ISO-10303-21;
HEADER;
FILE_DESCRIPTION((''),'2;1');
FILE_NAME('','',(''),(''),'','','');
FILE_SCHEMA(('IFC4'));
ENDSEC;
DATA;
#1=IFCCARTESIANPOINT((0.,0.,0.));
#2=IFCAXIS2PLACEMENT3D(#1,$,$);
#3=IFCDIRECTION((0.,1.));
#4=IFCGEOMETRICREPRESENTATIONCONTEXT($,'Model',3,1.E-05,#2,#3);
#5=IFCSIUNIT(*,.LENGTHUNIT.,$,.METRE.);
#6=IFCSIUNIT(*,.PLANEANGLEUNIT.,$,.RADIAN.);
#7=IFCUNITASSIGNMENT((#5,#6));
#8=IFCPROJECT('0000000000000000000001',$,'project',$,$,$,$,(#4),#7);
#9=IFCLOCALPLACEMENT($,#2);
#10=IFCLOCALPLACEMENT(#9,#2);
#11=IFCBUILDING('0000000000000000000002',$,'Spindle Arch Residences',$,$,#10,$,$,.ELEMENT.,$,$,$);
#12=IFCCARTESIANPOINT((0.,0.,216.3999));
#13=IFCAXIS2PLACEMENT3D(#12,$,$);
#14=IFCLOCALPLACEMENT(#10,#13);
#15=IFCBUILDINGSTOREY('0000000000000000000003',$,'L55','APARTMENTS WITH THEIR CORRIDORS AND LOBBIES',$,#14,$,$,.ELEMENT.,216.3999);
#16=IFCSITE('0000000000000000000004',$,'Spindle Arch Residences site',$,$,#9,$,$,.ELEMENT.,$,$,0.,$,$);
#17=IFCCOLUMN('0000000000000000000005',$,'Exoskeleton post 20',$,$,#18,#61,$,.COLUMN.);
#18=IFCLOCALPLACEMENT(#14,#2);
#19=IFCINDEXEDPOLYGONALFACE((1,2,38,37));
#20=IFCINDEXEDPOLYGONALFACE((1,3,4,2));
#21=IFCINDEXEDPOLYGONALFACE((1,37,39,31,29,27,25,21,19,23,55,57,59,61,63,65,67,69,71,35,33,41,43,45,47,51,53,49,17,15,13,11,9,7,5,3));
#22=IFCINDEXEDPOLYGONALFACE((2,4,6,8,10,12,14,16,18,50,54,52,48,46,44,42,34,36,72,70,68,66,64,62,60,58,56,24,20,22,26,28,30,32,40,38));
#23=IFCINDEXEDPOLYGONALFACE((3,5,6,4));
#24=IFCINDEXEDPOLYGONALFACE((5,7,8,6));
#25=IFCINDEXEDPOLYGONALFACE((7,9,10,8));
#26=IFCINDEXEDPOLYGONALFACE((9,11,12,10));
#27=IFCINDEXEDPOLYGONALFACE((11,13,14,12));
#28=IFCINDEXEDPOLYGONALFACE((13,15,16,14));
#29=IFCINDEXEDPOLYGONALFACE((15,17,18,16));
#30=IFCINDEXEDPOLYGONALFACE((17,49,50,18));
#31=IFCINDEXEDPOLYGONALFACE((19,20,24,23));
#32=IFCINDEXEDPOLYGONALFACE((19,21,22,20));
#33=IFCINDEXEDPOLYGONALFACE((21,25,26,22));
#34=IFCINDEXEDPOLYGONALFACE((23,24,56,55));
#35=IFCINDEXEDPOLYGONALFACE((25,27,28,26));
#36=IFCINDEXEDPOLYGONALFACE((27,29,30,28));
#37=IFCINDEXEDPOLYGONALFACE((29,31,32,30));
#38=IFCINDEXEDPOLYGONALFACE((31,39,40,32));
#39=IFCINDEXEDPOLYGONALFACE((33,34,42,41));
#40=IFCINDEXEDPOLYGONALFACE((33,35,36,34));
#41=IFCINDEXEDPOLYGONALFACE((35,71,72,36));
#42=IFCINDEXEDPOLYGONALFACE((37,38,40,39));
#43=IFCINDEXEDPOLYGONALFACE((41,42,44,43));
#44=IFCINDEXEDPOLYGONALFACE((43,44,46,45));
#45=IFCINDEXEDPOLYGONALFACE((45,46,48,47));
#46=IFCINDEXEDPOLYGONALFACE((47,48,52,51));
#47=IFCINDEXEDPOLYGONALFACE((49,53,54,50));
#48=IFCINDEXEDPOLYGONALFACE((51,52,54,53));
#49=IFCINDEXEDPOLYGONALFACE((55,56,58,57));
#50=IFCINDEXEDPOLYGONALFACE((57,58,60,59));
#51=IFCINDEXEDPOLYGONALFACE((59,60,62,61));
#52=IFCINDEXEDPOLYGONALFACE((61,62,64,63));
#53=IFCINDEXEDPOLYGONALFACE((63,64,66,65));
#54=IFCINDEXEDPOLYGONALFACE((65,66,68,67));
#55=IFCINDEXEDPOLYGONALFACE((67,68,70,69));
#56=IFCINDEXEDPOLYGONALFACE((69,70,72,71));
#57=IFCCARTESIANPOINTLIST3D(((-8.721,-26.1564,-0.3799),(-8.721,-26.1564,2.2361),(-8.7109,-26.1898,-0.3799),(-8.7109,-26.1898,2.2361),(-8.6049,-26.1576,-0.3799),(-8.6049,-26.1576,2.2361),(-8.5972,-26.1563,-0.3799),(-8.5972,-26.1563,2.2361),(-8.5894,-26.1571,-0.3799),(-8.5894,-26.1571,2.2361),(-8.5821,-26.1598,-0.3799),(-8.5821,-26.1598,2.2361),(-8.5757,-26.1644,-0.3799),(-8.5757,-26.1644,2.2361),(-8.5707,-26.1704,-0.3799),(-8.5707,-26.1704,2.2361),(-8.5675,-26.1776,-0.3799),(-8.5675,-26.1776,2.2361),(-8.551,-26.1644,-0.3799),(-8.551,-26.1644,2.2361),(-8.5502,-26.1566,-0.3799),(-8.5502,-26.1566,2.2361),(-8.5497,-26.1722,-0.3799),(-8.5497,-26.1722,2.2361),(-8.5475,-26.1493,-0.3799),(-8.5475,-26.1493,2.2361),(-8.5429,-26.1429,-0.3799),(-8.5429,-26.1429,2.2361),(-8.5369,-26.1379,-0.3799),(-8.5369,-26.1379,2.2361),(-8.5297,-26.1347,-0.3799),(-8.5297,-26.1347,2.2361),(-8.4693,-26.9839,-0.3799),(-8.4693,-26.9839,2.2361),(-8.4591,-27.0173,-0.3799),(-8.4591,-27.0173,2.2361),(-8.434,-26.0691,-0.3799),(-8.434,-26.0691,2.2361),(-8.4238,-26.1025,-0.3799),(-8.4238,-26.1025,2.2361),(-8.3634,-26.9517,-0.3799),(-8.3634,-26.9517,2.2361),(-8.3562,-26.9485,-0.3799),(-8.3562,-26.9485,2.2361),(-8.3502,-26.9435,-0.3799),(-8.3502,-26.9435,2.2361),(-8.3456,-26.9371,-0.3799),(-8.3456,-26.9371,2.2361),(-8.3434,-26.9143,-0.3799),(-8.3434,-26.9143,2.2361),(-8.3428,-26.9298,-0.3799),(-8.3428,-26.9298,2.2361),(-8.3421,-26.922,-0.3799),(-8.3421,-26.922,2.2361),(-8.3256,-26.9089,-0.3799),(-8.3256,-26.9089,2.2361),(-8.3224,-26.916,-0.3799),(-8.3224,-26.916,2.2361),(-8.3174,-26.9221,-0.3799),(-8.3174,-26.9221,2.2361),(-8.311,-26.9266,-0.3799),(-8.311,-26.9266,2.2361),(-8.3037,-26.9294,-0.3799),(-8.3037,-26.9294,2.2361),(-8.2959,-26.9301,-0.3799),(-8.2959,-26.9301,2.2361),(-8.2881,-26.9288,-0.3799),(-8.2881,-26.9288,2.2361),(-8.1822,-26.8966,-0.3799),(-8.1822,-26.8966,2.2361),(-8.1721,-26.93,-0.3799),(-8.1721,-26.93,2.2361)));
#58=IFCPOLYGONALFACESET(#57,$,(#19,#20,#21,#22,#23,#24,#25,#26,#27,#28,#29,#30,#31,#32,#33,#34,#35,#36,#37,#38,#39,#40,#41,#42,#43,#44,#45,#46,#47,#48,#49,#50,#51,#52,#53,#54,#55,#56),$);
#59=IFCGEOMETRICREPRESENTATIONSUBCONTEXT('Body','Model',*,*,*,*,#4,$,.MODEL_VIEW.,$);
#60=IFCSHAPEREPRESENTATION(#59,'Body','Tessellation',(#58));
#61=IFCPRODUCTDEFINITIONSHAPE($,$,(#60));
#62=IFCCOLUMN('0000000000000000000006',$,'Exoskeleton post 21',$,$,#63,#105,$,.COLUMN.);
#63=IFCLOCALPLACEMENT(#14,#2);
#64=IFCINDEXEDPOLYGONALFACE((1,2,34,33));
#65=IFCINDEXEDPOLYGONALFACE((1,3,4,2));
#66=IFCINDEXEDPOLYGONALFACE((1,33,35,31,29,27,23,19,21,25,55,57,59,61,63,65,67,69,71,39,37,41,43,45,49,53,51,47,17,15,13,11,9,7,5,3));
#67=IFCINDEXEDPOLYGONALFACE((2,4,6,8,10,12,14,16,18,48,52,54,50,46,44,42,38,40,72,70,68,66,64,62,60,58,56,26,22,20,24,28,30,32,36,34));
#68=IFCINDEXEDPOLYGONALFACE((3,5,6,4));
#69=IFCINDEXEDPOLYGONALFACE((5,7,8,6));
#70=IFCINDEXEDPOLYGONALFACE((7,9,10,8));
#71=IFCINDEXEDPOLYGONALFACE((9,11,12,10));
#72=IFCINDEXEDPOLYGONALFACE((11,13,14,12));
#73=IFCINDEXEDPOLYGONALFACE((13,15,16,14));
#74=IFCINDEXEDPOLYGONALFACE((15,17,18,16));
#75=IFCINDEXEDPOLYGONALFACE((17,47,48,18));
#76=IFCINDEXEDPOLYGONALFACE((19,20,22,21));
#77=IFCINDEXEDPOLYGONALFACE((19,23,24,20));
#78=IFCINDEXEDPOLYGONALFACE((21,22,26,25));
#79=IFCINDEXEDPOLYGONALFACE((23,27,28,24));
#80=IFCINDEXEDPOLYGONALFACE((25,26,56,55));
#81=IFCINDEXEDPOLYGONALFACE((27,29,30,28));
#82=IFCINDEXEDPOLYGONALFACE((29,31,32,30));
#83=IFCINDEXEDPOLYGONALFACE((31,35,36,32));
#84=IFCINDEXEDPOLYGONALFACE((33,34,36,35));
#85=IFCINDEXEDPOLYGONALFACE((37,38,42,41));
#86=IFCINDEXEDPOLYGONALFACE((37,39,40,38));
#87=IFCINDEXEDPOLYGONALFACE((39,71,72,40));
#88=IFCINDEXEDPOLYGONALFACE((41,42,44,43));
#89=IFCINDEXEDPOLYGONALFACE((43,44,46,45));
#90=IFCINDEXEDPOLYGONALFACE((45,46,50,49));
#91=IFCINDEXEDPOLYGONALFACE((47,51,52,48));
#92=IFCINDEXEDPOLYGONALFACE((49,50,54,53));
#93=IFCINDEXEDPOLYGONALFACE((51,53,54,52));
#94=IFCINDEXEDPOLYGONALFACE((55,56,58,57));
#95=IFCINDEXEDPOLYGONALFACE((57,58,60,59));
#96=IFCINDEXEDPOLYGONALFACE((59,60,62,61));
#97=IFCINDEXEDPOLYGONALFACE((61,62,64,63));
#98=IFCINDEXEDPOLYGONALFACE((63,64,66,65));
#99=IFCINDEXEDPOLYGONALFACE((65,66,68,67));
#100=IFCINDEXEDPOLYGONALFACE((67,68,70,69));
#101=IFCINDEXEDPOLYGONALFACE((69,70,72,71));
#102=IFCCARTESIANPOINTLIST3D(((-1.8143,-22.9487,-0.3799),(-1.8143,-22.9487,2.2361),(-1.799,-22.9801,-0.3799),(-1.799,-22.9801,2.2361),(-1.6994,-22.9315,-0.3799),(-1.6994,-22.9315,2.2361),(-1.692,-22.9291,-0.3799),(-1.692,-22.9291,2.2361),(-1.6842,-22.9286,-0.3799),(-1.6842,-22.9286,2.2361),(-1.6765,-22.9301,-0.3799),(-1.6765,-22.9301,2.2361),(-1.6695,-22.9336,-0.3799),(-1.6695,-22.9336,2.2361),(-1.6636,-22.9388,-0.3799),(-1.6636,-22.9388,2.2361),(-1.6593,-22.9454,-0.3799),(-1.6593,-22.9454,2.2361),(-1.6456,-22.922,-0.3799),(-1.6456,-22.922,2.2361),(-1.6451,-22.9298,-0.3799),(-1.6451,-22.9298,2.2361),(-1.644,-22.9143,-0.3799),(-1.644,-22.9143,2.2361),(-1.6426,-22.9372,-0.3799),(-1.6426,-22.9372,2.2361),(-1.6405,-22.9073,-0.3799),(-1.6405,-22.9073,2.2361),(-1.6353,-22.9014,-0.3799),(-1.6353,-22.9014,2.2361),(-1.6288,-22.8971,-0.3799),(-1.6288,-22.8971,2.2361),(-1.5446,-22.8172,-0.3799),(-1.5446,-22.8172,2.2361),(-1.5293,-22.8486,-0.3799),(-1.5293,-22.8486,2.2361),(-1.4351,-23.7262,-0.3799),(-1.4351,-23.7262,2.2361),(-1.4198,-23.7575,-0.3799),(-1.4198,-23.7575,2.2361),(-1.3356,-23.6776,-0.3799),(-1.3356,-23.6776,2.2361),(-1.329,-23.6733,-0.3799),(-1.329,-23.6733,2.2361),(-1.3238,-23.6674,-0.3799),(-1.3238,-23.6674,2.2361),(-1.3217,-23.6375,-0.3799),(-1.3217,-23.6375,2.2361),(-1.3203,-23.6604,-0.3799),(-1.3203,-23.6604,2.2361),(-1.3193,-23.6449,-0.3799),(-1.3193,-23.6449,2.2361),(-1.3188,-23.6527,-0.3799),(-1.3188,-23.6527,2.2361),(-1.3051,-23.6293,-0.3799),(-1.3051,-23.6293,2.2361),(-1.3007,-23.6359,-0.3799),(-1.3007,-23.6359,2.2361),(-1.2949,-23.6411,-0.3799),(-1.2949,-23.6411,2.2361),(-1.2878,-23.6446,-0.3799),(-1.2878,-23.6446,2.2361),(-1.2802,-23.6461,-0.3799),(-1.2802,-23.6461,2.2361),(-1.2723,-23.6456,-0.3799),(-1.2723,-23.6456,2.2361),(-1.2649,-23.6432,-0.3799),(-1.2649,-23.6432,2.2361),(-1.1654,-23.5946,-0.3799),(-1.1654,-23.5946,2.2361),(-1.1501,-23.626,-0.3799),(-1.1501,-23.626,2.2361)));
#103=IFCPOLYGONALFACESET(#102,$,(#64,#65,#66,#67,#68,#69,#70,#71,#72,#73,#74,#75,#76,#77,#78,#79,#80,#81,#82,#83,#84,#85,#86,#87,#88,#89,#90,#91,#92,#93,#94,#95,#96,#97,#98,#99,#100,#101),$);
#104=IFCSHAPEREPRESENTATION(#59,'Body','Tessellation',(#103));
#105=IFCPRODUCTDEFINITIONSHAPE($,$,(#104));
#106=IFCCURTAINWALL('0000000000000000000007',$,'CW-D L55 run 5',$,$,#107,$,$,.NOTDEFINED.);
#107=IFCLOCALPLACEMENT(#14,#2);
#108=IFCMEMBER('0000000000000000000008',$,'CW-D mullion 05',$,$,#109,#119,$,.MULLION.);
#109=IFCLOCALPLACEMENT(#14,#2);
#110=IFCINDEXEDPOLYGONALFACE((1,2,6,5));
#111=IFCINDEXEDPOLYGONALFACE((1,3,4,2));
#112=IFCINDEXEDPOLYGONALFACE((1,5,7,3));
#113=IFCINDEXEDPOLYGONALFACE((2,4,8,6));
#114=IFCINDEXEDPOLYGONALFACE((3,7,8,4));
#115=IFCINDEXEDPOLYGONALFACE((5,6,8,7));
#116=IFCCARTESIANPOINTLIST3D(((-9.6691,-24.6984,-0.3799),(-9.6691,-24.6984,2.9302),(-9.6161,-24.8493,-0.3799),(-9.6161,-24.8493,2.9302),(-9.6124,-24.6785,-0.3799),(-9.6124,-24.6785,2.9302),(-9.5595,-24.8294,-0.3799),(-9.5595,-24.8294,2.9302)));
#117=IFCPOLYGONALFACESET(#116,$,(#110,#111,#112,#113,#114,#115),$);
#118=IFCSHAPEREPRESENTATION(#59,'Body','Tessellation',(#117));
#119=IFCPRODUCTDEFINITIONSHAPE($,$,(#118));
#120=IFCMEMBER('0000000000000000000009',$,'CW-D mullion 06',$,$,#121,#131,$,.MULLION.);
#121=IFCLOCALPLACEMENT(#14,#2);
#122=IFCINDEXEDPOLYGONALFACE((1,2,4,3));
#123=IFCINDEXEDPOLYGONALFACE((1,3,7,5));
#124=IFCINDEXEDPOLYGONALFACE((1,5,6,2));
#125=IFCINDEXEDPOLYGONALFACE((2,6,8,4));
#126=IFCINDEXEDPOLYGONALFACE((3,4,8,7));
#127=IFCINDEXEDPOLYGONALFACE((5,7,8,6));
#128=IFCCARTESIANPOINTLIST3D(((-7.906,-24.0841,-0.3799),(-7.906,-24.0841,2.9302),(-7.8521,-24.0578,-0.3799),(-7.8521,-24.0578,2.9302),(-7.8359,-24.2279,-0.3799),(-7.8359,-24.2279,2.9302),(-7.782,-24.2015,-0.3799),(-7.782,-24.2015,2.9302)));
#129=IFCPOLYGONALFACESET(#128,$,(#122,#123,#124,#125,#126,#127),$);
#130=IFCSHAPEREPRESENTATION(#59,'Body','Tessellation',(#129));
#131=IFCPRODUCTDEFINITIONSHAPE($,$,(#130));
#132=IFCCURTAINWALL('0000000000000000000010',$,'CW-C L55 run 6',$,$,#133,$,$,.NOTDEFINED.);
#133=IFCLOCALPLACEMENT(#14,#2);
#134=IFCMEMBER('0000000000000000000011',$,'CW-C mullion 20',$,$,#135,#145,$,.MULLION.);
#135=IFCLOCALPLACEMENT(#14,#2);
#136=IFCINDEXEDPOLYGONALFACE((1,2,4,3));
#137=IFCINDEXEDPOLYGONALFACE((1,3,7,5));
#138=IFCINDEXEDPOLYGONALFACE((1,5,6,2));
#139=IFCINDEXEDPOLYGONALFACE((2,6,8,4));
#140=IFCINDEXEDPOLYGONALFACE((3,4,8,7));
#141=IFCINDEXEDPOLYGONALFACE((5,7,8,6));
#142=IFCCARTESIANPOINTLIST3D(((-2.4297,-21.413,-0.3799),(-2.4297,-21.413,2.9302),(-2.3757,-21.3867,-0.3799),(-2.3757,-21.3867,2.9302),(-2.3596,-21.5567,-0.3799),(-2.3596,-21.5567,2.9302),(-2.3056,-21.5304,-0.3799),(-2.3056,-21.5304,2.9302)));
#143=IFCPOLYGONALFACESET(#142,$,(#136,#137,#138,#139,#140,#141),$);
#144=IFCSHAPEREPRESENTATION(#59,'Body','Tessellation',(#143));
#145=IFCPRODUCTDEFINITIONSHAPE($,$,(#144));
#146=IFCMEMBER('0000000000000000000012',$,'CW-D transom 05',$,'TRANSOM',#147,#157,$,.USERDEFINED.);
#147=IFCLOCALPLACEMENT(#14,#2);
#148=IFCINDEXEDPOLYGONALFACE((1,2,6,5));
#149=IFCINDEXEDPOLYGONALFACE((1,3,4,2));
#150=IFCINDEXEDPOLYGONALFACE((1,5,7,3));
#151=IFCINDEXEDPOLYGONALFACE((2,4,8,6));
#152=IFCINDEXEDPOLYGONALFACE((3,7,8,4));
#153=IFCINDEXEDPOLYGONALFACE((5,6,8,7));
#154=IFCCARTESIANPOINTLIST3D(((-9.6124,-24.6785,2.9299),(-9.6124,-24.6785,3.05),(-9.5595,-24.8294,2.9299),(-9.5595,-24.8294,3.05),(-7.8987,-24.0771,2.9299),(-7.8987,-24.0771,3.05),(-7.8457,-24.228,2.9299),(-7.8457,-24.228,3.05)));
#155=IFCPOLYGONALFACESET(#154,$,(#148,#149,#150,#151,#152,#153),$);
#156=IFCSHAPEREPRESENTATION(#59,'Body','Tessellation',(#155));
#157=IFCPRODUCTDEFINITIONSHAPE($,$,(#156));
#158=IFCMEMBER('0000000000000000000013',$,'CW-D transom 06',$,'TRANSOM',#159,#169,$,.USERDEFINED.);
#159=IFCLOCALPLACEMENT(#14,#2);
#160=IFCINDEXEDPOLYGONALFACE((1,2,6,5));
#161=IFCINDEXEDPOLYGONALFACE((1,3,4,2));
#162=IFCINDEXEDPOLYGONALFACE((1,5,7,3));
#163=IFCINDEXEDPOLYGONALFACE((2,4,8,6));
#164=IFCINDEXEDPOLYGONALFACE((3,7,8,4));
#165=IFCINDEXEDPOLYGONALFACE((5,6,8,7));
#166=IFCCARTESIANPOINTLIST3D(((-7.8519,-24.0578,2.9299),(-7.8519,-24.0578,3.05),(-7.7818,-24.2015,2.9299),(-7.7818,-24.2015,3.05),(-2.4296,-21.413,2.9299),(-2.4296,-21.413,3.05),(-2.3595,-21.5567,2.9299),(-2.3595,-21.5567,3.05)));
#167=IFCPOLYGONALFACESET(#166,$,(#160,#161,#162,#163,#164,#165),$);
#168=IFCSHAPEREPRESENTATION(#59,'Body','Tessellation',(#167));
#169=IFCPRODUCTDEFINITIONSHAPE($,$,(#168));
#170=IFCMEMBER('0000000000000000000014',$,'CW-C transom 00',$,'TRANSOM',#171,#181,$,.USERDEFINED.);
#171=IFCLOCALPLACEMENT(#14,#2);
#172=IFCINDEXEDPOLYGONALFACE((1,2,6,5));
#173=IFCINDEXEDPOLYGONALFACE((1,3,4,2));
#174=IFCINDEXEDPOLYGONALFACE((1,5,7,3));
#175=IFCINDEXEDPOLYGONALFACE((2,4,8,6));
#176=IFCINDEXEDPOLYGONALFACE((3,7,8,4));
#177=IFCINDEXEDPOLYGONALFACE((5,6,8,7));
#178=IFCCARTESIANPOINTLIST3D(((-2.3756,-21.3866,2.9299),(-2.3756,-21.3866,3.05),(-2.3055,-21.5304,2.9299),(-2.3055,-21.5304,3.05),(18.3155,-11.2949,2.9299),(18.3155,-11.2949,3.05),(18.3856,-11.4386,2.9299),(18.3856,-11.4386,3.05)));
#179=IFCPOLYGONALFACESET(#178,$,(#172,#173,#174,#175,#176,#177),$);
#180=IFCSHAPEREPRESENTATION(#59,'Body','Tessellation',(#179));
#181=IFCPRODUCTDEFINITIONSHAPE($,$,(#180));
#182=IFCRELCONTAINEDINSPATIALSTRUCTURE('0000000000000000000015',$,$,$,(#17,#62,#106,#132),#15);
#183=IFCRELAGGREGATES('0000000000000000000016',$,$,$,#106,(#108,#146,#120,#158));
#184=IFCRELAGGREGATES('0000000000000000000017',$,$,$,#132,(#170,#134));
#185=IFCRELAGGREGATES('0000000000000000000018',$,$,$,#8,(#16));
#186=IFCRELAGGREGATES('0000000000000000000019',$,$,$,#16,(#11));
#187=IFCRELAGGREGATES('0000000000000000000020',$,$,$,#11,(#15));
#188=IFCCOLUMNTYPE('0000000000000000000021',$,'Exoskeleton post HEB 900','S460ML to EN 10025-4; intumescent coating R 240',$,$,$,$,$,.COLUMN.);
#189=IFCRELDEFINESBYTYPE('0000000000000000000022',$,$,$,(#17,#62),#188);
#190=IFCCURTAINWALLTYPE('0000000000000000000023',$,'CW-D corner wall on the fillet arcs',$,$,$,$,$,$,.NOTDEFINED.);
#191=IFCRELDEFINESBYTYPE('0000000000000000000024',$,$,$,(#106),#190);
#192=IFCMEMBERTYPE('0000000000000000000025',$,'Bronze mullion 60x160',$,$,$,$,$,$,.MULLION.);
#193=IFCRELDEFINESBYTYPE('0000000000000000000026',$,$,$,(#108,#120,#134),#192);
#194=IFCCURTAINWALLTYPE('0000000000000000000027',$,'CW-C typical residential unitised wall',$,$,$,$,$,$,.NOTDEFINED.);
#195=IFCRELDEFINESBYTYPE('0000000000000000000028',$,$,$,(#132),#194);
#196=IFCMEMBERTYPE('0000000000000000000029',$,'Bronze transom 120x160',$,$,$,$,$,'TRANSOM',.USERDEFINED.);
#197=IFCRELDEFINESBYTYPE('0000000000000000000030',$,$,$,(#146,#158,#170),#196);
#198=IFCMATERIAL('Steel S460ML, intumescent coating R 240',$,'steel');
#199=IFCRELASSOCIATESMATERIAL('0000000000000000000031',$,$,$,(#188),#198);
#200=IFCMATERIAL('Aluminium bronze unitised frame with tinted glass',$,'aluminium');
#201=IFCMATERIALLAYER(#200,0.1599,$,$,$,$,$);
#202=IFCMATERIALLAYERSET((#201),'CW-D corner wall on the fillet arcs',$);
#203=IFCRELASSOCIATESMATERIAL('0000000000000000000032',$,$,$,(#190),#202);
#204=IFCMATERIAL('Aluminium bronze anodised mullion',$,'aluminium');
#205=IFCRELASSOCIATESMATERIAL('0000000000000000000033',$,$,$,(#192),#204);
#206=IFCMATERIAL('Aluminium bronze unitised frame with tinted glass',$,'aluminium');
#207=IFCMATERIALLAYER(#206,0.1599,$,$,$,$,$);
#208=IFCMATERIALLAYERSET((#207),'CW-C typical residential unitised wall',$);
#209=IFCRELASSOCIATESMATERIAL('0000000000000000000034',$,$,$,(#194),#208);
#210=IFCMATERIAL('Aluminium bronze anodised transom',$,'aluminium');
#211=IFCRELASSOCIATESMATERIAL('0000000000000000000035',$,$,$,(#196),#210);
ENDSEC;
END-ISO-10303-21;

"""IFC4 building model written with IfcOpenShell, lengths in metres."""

from ifc_helpers import new_model, si_unit, direction, frame, origin, origin_2d, place, context, subcontext, project, spatial, rectangle, i_section, extrude, material, layer, layer_set, material_profile, profile_set, type_object, element, aggregate, save


model = new_model("IFC4")

# Units and contexts
model_context = context("Model", 3, precision=1e-05, world=origin(), true_north=direction((0.0, 1.0)))
body_context = subcontext(model_context, "Body", "Model", "MODEL_VIEW")
ifc_project = project(units=[si_unit("LENGTHUNIT", "METRE"), si_unit("PLANEANGLEUNIT", "RADIAN")], contexts=[model_context])

# Site, building, storey
site_placement = place(None, origin())
site = spatial("IfcSite", under=ifc_project, at=site_placement, Name="Spindle Arch Residences site", CompositionType="ELEMENT", RefElevation=0.0)
building_placement = place(site_placement, origin())
building = spatial("IfcBuilding", under=site, at=building_placement, Name="Spindle Arch Residences", CompositionType="ELEMENT")
storey_placement = place(building_placement, frame((0.0, 0.0, 216.3999)))
storey = spatial("IfcBuildingStorey", under=building, at=storey_placement, Name="L55", Description="APARTMENTS WITH THEIR CORRIDORS AND LOBBIES", CompositionType="ELEMENT", Elevation=216.3999)

# Columns
ifc_material_1 = material(Name="Steel S460ML, intumescent coating R 240", Category="steel")
ifc_material_profile_1 = material_profile(ifc_material_1, i_section(OverallWidth=0.3, OverallDepth=0.8999, WebThickness=0.0186, FlangeThickness=0.0349, FilletRadius=0.03, at=origin_2d()), Name="HEB 900")
ifc_profile_set_1 = profile_set([ifc_material_profile_1], Name="Steel S460ML, intumescent coating R 240")
column_type = type_object("IfcColumnType", Name="Exoskeleton post HEB 900", Description="S460ML to EN 10025-4; intumescent coating R 240", PredefinedType="COLUMN", material=ifc_profile_set_1)
for number, where, z_axis, x_axis, name in (
    (1, (-8.4465, -26.5432, -0.3799), (0.0, 0.0, 1.0), (-0.956715, -0.291028, 0.0), "Exoskeleton post 20"),
    (2, (-1.4822, -23.2874, -0.3799), (0.0, 0.0, 1.0), (-0.898794, -0.438371, 0.0), "Exoskeleton post 21"),
):
    element("IfcColumn", number, at=place(storey_placement, frame(where, z_axis=z_axis, x_axis=x_axis)), inside=storey, type_object=column_type, Name=name, PredefinedType="COLUMN", context=body_context, shape_type="SweptSolid", body=[
        extrude(i_section(OverallWidth=0.3, OverallDepth=0.8999, WebThickness=0.0186, FlangeThickness=0.0349, FilletRadius=0.03, at=origin_2d()), origin(), (0.0, 0.0, 1.0), 2.616),
    ])

# Curtain wall, members
ifc_material_2 = material(Name="Aluminium bronze unitised frame with tinted glass", Category="aluminium")
ifc_layer_1 = layer(ifc_material_2, 0.1599)
ifc_layer_set_1 = layer_set([ifc_layer_1], Name="CW-D corner wall on the fillet arcs")
curtain_wall_type_1 = type_object("IfcCurtainWallType", Name="CW-D corner wall on the fillet arcs", PredefinedType="NOTDEFINED", material=ifc_layer_set_1)
curtain_wall_1_placement = place(storey_placement, origin())
curtain_wall_1 = element("IfcCurtainWall", 3, at=curtain_wall_1_placement, inside=storey, type_object=curtain_wall_type_1, Name="CW-D L55 run 5", PredefinedType="NOTDEFINED")
ifc_material_3 = material(Name="Aluminium bronze anodised mullion", Category="aluminium")
ifc_material_profile_2 = material_profile(ifc_material_3, rectangle(XDim=0.1599, YDim=0.0601, at=origin_2d()), Name="MU 60x160")
ifc_profile_set_2 = profile_set([ifc_material_profile_2], Name="Aluminium bronze anodised mullion")
member_type_1 = type_object("IfcMemberType", Name="Bronze mullion 60x160", PredefinedType="MULLION", material=ifc_profile_set_2)
member_1_placement = place(storey_placement, frame((-9.6143, -24.7639, -0.3799), z_axis=(0.0, 0.0, 1.0), x_axis=(-0.331063, 0.943609, 0.0)))
member_1 = element("IfcMember", 4, at=member_1_placement, type_object=member_type_1, Name="CW-D mullion 05", PredefinedType="MULLION", context=body_context, shape_type="SweptSolid", body=[
    extrude(rectangle(XDim=0.1599, YDim=0.0601, at=origin_2d()), origin(), (0.0, 0.0, 1.0), 3.3101),
])
member_2_placement = place(storey_placement, frame((-7.844, -24.1428, -0.3799), z_axis=(0.0, 0.0, 1.0), x_axis=(-0.438371, 0.898794, 0.0)))
member_2 = element("IfcMember", 5, at=member_2_placement, type_object=member_type_1, Name="CW-D mullion 06", PredefinedType="MULLION", context=body_context, shape_type="SweptSolid", body=[
    extrude(rectangle(XDim=0.1599, YDim=0.0601, at=origin_2d()), origin(), (0.0, 0.0, 1.0), 3.3101),
])

# Curtain wall, member
ifc_material_4 = material(Name="Aluminium bronze unitised frame with tinted glass", Category="aluminium")
ifc_layer_2 = layer(ifc_material_4, 0.1599)
ifc_layer_set_2 = layer_set([ifc_layer_2], Name="CW-C typical residential unitised wall")
curtain_wall_type_2 = type_object("IfcCurtainWallType", Name="CW-C typical residential unitised wall", PredefinedType="NOTDEFINED", material=ifc_layer_set_2)
curtain_wall_2_placement = place(storey_placement, origin())
curtain_wall_2 = element("IfcCurtainWall", 6, at=curtain_wall_2_placement, inside=storey, type_object=curtain_wall_type_2, Name="CW-C L55 run 6", PredefinedType="NOTDEFINED")
member_3_placement = place(storey_placement, frame((-2.3677, -21.4717, -0.3799), z_axis=(0.0, 0.0, 1.0), x_axis=(-0.438371, 0.898794, 0.0)))
member_3 = element("IfcMember", 7, at=member_3_placement, type_object=member_type_1, Name="CW-C mullion 20", PredefinedType="MULLION", context=body_context, shape_type="SweptSolid", body=[
    extrude(rectangle(XDim=0.1599, YDim=0.0601, at=origin_2d()), origin(), (0.0, 0.0, 1.0), 3.3101),
])

# Members
ifc_material_5 = material(Name="Aluminium bronze anodised transom", Category="aluminium")
ifc_material_profile_3 = material_profile(ifc_material_5, rectangle(XDim=0.1599, YDim=0.1201, at=origin_2d()), Name="TR 120x160")
ifc_profile_set_3 = profile_set([ifc_material_profile_3], Name="Aluminium bronze anodised transom")
member_type_2 = type_object("IfcMemberType", Name="Bronze transom 120x160", ElementType="TRANSOM", PredefinedType="USERDEFINED", material=ifc_profile_set_3)
member_4_placement = place(storey_placement, frame((-9.5859, -24.7539, 2.99), z_axis=(0.943592, 0.331111, 0.0), x_axis=(-0.331111, 0.943592, 0.0)))
member_4 = element("IfcMember", 8, at=member_4_placement, type_object=member_type_2, Name="CW-D transom 05", ObjectType="TRANSOM", PredefinedType="USERDEFINED", context=body_context, shape_type="SweptSolid", body=[
    extrude(rectangle(XDim=0.1599, YDim=0.1201, at=origin_2d()), origin(), (0.0, 0.0, 1.0), 1.8162),
])
member_5_placement = place(storey_placement, frame((-7.8169, -24.1296, 2.99), z_axis=(0.898787, 0.438386, 0.0), x_axis=(-0.438386, 0.898787, 0.0)))
member_5 = element("IfcMember", 9, at=member_5_placement, type_object=member_type_2, Name="CW-D transom 06", ObjectType="TRANSOM", PredefinedType="USERDEFINED", context=body_context, shape_type="SweptSolid", body=[
    extrude(rectangle(XDim=0.1599, YDim=0.1201, at=origin_2d()), origin(), (0.0, 0.0, 1.0), 6.033),
])
member_6_placement = place(storey_placement, frame((-2.3406, -21.4585, 2.99), z_axis=(0.898793, 0.438373, 0.0), x_axis=(-0.438373, 0.898793, 0.0)))
member_6 = element("IfcMember", 10, at=member_6_placement, type_object=member_type_2, Name="CW-C transom 00", ObjectType="TRANSOM", PredefinedType="USERDEFINED", context=body_context, shape_type="SweptSolid", body=[
    extrude(rectangle(XDim=0.1599, YDim=0.1201, at=origin_2d()), origin(), (0.0, 0.0, 1.0), 23.021),
])

aggregate(curtain_wall_1, [member_1, member_4, member_2, member_5])
aggregate(curtain_wall_2, [member_6, member_3])

save(model, "model.ifc")
